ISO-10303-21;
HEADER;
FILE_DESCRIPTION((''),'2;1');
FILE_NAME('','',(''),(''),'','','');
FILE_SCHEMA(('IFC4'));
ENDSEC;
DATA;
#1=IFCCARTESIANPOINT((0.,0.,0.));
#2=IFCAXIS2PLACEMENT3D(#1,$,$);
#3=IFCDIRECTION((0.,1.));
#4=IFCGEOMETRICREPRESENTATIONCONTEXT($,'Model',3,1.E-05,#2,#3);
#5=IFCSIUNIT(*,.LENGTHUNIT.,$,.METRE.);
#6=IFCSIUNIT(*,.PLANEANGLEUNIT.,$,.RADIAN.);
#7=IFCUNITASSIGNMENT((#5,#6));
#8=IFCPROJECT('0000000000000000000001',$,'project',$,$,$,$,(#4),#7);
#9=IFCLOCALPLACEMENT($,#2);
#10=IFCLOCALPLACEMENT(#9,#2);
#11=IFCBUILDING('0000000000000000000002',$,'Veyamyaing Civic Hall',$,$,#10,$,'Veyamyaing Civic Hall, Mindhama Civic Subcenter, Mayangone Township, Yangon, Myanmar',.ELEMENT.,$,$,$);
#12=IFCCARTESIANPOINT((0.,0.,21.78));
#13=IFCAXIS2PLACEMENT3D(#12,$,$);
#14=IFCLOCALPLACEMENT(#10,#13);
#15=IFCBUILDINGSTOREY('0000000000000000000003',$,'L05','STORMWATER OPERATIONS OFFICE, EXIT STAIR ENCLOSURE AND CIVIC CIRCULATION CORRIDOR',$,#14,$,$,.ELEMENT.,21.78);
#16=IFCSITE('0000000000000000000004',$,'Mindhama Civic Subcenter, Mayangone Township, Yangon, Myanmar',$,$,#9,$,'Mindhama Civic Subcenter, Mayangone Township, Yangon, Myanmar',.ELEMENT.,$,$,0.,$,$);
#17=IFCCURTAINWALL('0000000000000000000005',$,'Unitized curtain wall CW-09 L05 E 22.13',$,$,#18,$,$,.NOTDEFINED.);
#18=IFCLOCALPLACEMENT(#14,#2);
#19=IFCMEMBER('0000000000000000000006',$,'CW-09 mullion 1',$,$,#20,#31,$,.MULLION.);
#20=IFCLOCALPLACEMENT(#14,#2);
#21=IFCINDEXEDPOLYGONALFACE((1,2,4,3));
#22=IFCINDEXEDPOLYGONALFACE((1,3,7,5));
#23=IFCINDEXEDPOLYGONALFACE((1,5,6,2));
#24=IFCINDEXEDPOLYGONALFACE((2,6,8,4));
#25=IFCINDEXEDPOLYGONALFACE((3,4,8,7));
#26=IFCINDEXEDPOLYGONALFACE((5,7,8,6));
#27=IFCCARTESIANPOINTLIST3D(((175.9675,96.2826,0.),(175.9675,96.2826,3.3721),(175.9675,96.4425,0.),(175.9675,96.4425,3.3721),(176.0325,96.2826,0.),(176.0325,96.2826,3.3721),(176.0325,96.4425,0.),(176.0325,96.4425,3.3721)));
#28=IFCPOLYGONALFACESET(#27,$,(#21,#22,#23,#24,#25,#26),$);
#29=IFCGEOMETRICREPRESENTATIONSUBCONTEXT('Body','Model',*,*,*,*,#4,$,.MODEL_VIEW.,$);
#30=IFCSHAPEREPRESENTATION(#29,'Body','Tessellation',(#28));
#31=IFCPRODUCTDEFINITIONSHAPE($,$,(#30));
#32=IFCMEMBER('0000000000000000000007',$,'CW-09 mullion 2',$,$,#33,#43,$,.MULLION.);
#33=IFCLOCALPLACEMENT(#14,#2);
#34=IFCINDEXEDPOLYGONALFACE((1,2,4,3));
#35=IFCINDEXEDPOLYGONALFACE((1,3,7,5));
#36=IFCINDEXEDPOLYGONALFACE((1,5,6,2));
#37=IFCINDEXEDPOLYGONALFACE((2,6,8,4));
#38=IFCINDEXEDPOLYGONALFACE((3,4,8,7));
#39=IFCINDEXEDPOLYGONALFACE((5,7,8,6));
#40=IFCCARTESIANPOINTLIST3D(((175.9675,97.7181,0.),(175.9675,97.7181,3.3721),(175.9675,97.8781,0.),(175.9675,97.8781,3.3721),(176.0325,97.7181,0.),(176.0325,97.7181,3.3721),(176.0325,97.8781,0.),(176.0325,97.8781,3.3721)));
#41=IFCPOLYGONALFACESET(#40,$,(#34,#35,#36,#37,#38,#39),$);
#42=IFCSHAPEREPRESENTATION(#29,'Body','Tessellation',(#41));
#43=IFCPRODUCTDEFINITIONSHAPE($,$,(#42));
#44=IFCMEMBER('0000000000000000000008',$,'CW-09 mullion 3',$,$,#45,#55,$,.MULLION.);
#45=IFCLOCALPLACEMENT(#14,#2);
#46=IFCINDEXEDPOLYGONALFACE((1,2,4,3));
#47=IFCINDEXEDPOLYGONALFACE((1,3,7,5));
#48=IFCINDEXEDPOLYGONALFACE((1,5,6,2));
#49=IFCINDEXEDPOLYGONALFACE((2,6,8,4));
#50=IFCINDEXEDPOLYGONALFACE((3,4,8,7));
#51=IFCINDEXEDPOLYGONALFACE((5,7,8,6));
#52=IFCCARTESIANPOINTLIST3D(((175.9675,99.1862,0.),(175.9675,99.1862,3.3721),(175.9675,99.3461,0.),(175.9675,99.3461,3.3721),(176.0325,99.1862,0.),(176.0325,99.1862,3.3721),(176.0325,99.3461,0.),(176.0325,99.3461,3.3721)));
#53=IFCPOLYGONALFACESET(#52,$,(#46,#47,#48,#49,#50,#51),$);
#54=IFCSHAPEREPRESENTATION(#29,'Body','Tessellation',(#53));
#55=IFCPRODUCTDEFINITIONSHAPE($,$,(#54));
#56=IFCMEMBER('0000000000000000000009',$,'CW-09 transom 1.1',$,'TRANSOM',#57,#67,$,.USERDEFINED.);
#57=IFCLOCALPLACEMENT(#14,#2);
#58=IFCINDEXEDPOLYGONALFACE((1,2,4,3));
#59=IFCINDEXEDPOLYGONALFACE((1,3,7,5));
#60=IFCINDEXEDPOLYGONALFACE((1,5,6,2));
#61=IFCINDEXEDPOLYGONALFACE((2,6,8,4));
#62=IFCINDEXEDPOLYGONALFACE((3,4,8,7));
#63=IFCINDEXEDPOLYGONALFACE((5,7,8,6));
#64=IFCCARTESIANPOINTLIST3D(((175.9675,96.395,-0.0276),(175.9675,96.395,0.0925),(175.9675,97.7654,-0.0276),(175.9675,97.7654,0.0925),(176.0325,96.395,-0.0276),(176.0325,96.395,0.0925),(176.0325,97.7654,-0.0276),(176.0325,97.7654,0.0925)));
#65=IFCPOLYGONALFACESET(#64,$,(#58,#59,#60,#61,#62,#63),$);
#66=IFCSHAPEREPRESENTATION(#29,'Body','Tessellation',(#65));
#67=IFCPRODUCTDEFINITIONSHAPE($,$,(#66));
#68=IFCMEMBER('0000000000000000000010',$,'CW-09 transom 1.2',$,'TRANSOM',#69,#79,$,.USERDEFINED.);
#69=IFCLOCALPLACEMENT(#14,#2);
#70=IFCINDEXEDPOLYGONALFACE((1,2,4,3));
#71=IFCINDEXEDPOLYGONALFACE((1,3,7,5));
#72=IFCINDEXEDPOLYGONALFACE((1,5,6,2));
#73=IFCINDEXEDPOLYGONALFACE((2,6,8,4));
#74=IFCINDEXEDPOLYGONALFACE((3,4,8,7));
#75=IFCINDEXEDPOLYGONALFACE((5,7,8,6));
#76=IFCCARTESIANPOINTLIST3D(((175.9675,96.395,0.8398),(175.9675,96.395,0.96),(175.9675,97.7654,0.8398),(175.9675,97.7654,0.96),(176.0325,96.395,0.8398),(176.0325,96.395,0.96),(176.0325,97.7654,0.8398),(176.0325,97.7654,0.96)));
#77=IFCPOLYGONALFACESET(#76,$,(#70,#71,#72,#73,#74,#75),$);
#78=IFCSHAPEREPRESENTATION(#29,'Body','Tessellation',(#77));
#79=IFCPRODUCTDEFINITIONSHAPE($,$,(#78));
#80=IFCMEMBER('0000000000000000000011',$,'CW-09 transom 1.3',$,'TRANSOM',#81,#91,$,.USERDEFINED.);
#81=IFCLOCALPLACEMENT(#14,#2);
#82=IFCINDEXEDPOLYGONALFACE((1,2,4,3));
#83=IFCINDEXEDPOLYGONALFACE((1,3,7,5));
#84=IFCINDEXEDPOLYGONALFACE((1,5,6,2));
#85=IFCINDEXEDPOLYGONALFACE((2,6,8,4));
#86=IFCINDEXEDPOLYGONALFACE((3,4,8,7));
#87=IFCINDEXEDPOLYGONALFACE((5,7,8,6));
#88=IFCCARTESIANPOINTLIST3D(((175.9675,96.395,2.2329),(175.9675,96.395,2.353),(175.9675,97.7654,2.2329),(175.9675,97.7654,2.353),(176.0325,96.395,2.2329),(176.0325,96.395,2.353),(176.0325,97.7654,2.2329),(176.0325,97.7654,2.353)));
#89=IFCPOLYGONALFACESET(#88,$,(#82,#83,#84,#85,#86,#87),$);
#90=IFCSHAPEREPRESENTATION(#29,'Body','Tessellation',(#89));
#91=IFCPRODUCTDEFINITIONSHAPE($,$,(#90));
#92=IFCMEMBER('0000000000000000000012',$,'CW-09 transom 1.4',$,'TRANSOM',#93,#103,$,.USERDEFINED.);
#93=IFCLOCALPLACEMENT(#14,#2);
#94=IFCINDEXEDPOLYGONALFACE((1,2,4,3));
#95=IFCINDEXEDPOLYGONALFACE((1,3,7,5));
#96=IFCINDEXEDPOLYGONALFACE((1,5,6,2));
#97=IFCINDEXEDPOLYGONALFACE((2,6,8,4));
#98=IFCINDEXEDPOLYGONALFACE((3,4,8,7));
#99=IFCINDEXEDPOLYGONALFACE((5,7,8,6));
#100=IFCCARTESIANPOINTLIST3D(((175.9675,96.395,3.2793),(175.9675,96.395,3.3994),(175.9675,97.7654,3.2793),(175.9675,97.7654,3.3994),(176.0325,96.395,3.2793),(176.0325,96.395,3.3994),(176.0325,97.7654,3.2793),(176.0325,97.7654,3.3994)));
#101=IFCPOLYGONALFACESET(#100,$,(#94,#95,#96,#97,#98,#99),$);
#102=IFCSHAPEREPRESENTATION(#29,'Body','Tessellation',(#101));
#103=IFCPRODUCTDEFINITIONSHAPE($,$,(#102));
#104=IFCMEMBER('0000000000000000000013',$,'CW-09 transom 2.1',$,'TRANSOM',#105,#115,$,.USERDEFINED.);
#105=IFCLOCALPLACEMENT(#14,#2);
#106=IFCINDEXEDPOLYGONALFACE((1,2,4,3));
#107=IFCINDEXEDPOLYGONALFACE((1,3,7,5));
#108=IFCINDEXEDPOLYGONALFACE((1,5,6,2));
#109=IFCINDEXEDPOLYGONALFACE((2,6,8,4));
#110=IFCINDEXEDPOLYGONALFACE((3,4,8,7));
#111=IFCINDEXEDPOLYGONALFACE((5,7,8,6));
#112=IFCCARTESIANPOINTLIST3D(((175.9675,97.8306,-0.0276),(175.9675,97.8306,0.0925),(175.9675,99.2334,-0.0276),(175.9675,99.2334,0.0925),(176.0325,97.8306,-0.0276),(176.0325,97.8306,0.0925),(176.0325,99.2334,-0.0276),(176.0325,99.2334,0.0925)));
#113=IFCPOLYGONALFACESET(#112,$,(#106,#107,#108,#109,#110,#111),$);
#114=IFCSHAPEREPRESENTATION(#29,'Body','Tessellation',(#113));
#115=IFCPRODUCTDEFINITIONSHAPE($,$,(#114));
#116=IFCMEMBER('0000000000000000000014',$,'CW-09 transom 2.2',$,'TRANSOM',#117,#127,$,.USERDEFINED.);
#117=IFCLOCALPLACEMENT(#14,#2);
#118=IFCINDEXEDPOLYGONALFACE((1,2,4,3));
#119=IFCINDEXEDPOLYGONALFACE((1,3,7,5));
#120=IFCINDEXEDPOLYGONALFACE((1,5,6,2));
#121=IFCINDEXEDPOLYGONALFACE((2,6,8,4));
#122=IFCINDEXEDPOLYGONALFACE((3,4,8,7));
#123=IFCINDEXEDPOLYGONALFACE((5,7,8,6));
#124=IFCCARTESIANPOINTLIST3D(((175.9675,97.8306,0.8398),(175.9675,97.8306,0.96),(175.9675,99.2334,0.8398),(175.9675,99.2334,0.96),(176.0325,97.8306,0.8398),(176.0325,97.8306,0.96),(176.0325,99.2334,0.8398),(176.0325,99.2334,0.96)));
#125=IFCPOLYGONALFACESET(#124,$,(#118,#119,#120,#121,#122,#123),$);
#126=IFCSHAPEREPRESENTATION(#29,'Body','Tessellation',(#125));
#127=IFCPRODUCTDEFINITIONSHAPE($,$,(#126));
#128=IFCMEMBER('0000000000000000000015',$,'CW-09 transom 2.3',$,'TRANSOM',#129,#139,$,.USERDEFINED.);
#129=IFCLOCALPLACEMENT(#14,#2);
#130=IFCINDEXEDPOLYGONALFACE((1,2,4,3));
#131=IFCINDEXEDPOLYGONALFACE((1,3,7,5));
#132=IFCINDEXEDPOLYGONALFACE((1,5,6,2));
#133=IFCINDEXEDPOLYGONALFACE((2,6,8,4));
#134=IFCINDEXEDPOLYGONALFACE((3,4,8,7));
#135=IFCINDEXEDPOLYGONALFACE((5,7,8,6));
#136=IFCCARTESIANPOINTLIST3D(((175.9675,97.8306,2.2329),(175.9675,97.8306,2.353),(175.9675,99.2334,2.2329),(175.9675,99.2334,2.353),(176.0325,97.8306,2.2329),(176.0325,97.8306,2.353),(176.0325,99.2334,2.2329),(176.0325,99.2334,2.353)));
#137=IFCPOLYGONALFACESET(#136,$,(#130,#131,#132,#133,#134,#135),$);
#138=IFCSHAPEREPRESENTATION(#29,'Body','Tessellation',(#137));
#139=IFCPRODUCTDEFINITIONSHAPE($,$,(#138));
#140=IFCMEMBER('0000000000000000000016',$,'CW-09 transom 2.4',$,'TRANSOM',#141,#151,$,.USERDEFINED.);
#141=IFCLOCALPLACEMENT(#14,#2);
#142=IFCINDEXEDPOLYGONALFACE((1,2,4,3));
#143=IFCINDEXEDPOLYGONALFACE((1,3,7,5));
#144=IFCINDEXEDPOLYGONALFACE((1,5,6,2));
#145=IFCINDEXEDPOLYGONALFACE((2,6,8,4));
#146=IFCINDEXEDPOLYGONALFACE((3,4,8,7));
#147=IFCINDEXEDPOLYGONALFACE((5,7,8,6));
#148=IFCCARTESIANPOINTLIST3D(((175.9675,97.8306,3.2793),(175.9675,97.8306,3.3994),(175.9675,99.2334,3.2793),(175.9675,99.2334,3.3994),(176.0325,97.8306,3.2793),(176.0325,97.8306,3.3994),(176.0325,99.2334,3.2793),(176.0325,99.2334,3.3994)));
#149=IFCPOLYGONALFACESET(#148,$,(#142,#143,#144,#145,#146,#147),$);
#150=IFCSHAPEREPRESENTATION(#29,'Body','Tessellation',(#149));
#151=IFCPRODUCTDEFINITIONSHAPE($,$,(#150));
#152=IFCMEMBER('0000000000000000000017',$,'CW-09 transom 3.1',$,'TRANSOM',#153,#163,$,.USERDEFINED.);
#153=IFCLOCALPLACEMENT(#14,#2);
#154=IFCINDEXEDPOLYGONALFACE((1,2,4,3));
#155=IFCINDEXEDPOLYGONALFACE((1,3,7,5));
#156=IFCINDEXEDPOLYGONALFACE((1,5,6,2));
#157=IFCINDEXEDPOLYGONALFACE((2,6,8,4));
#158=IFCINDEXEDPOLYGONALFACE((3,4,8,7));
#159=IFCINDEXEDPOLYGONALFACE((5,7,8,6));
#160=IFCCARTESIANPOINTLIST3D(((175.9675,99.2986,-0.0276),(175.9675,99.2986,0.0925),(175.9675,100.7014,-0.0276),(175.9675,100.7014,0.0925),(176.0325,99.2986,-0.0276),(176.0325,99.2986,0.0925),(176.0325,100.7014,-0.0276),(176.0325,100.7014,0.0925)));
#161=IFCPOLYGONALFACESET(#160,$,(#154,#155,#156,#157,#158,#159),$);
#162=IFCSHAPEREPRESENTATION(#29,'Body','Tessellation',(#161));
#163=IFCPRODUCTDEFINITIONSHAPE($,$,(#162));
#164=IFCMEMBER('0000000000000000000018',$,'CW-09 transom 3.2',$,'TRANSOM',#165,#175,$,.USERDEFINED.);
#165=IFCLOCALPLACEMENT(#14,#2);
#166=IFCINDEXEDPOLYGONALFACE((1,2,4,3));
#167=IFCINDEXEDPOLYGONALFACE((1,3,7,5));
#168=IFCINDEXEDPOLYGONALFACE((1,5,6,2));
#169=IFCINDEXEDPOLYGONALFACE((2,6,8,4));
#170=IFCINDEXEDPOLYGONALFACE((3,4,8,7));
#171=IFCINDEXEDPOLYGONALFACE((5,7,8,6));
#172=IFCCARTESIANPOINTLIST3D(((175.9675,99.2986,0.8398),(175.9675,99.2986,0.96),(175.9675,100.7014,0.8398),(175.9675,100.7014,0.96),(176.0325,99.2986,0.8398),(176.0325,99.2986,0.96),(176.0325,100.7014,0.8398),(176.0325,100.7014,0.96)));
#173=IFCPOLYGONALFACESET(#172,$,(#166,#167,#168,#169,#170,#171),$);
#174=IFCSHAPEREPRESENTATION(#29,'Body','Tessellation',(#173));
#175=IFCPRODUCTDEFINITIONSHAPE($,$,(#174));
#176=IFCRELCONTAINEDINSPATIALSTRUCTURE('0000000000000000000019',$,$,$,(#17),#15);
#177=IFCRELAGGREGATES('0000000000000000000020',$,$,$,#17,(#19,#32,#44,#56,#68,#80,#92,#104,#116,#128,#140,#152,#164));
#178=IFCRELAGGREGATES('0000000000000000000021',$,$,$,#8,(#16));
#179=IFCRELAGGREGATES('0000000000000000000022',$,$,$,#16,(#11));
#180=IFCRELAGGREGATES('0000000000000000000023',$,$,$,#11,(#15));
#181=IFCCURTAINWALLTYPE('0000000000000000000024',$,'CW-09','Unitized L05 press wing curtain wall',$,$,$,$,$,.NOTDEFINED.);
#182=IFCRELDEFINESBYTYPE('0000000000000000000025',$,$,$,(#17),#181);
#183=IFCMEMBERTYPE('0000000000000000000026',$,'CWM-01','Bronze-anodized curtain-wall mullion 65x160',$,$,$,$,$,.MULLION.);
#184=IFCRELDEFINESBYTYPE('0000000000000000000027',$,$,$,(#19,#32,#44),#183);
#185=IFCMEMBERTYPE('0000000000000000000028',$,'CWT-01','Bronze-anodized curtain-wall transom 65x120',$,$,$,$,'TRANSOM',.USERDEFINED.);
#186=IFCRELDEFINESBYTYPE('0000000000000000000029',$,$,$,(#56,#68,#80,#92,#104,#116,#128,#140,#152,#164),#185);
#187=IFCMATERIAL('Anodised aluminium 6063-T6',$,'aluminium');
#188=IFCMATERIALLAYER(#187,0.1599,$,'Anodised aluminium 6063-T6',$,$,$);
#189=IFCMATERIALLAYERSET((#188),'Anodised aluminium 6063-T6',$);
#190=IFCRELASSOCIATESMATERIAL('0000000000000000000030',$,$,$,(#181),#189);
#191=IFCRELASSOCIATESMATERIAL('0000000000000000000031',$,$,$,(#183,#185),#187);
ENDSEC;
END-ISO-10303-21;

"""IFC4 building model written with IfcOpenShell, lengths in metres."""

from ifc_helpers import new_model, si_unit, direction, frame, origin, origin_2d, place, context, subcontext, project, spatial, rectangle, extrude, material, layer, layer_set, material_profile, profile_set, type_object, element, aggregate, save


model = new_model("IFC4")

# Units and contexts
model_context = context("Model", 3, precision=1e-05, world=origin(), true_north=direction((0.0, 1.0)))
body_context = subcontext(model_context, "Body", "Model", "MODEL_VIEW")
ifc_project = project(units=[si_unit("LENGTHUNIT", "METRE"), si_unit("PLANEANGLEUNIT", "RADIAN")], contexts=[model_context])

# Site, building, storey
site_placement = place(None, origin())
site = spatial("IfcSite", under=ifc_project, at=site_placement, Name="Mindhama Civic Subcenter, Mayangone Township, Yangon, Myanmar", LongName="Mindhama Civic Subcenter, Mayangone Township, Yangon, Myanmar", CompositionType="ELEMENT", RefElevation=0.0)
building_placement = place(site_placement, origin())
building = spatial("IfcBuilding", under=site, at=building_placement, Name="Veyamyaing Civic Hall", LongName="Veyamyaing Civic Hall, Mindhama Civic Subcenter, Mayangone Township, Yangon, Myanmar", CompositionType="ELEMENT")
storey_placement = place(building_placement, frame((0.0, 0.0, 21.78)))
storey = spatial("IfcBuildingStorey", under=building, at=storey_placement, Name="L05", Description="STORMWATER OPERATIONS OFFICE, EXIT STAIR ENCLOSURE AND CIVIC CIRCULATION CORRIDOR", CompositionType="ELEMENT", Elevation=21.78)

# Curtain wall, members
ifc_material_1 = material(Name="Anodised aluminium 6063-T6", Category="aluminium")
ifc_layer_1 = layer(ifc_material_1, 0.1599, Name="Anodised aluminium 6063-T6")
ifc_layer_set_1 = layer_set([ifc_layer_1], Name="Anodised aluminium 6063-T6")
curtain_wall_type = type_object("IfcCurtainWallType", Name="CW-09", Description="Unitized L05 press wing curtain wall", PredefinedType="NOTDEFINED", material=ifc_layer_set_1)
curtain_wall_placement = place(storey_placement, origin())
curtain_wall = element("IfcCurtainWall", 1, at=curtain_wall_placement, inside=storey, type_object=curtain_wall_type, Name="Unitized curtain wall CW-09 L05 E 22.13", PredefinedType="NOTDEFINED")
ifc_material_profile_1 = material_profile(ifc_material_1, rectangle(XDim=0.0649, YDim=0.1599, at=origin_2d()), Name="ALU-MUL-65X160")
ifc_profile_set_1 = profile_set([ifc_material_profile_1], Name="Anodised aluminium 6063-T6")
member_type_1 = type_object("IfcMemberType", Name="CWM-01", Description="Bronze-anodized curtain-wall mullion 65x160", PredefinedType="MULLION", material=ifc_profile_set_1)
member_1_placement = place(storey_placement, frame((176.0, 96.3625, 0.0), z_axis=(0.0, 0.0, 1.0), x_axis=(-1.0, 0.0, 0.0)))
member_1 = element("IfcMember", 2, at=member_1_placement, type_object=member_type_1, Name="CW-09 mullion 1", PredefinedType="MULLION", context=body_context, shape_type="SweptSolid", body=[
    extrude(rectangle(XDim=0.0649, YDim=0.1599, at=origin_2d()), origin(), (0.0, 0.0, 1.0), 3.3721),
])
member_2_placement = place(storey_placement, frame((176.0, 97.7981, 0.0), z_axis=(0.0, 0.0, 1.0), x_axis=(-1.0, 0.0, 0.0)))
member_2 = element("IfcMember", 3, at=member_2_placement, type_object=member_type_1, Name="CW-09 mullion 2", PredefinedType="MULLION", context=body_context, shape_type="SweptSolid", body=[
    extrude(rectangle(XDim=0.0649, YDim=0.1599, at=origin_2d()), origin(), (0.0, 0.0, 1.0), 3.3721),
])
member_3_placement = place(storey_placement, frame((176.0, 99.2661, 0.0), z_axis=(0.0, 0.0, 1.0), x_axis=(-1.0, 0.0, 0.0)))
member_3 = element("IfcMember", 4, at=member_3_placement, type_object=member_type_1, Name="CW-09 mullion 3", PredefinedType="MULLION", context=body_context, shape_type="SweptSolid", body=[
    extrude(rectangle(XDim=0.0649, YDim=0.1599, at=origin_2d()), origin(), (0.0, 0.0, 1.0), 3.3721),
])
ifc_material_profile_2 = material_profile(ifc_material_1, rectangle(XDim=0.0649, YDim=0.1201, at=origin_2d()), Name="ALU-TRN-65X120")
ifc_profile_set_2 = profile_set([ifc_material_profile_2], Name="Anodised aluminium 6063-T6")
member_type_2 = type_object("IfcMemberType", Name="CWT-01", Description="Bronze-anodized curtain-wall transom 65x120", ElementType="TRANSOM", PredefinedType="USERDEFINED", material=ifc_profile_set_2)
member_4_placement = place(storey_placement, frame((176.0, 96.395, 0.0325), z_axis=(0.0, 1.0, 0.0), x_axis=(-1.0, 0.0, 0.0)))
member_4 = element("IfcMember", 5, at=member_4_placement, type_object=member_type_2, Name="CW-09 transom 1.1", ObjectType="TRANSOM", PredefinedType="USERDEFINED", context=body_context, shape_type="SweptSolid", body=[
    extrude(rectangle(XDim=0.0649, YDim=0.1201, at=origin_2d()), origin(), (0.0, 0.0, 1.0), 1.3704),
])
member_5_placement = place(storey_placement, frame((176.0, 96.395, 0.8999), z_axis=(0.0, 1.0, 0.0), x_axis=(-1.0, 0.0, 0.0)))
member_5 = element("IfcMember", 6, at=member_5_placement, type_object=member_type_2, Name="CW-09 transom 1.2", ObjectType="TRANSOM", PredefinedType="USERDEFINED", context=body_context, shape_type="SweptSolid", body=[
    extrude(rectangle(XDim=0.0649, YDim=0.1201, at=origin_2d()), origin(), (0.0, 0.0, 1.0), 1.3704),
])
member_6_placement = place(storey_placement, frame((176.0, 96.395, 2.293), z_axis=(0.0, 1.0, 0.0), x_axis=(-1.0, 0.0, 0.0)))
member_6 = element("IfcMember", 7, at=member_6_placement, type_object=member_type_2, Name="CW-09 transom 1.3", ObjectType="TRANSOM", PredefinedType="USERDEFINED", context=body_context, shape_type="SweptSolid", body=[
    extrude(rectangle(XDim=0.0649, YDim=0.1201, at=origin_2d()), origin(), (0.0, 0.0, 1.0), 1.3704),
])
member_7_placement = place(storey_placement, frame((176.0, 96.395, 3.3394), z_axis=(0.0, 1.0, 0.0), x_axis=(-1.0, 0.0, 0.0)))
member_7 = element("IfcMember", 8, at=member_7_placement, type_object=member_type_2, Name="CW-09 transom 1.4", ObjectType="TRANSOM", PredefinedType="USERDEFINED", context=body_context, shape_type="SweptSolid", body=[
    extrude(rectangle(XDim=0.0649, YDim=0.1201, at=origin_2d()), origin(), (0.0, 0.0, 1.0), 1.3704),
])
member_8_placement = place(storey_placement, frame((176.0, 97.8306, 0.0325), z_axis=(0.0, 1.0, 0.0), x_axis=(-1.0, 0.0, 0.0)))
member_8 = element("IfcMember", 9, at=member_8_placement, type_object=member_type_2, Name="CW-09 transom 2.1", ObjectType="TRANSOM", PredefinedType="USERDEFINED", context=body_context, shape_type="SweptSolid", body=[
    extrude(rectangle(XDim=0.0649, YDim=0.1201, at=origin_2d()), origin(), (0.0, 0.0, 1.0), 1.4028),
])
member_9_placement = place(storey_placement, frame((176.0, 97.8306, 0.8999), z_axis=(0.0, 1.0, 0.0), x_axis=(-1.0, 0.0, 0.0)))
member_9 = element("IfcMember", 10, at=member_9_placement, type_object=member_type_2, Name="CW-09 transom 2.2", ObjectType="TRANSOM", PredefinedType="USERDEFINED", context=body_context, shape_type="SweptSolid", body=[
    extrude(rectangle(XDim=0.0649, YDim=0.1201, at=origin_2d()), origin(), (0.0, 0.0, 1.0), 1.4028),
])
member_10_placement = place(storey_placement, frame((176.0, 97.8306, 2.293), z_axis=(0.0, 1.0, 0.0), x_axis=(-1.0, 0.0, 0.0)))
member_10 = element("IfcMember", 11, at=member_10_placement, type_object=member_type_2, Name="CW-09 transom 2.3", ObjectType="TRANSOM", PredefinedType="USERDEFINED", context=body_context, shape_type="SweptSolid", body=[
    extrude(rectangle(XDim=0.0649, YDim=0.1201, at=origin_2d()), origin(), (0.0, 0.0, 1.0), 1.4028),
])
member_11_placement = place(storey_placement, frame((176.0, 97.8306, 3.3394), z_axis=(0.0, 1.0, 0.0), x_axis=(-1.0, 0.0, 0.0)))
member_11 = element("IfcMember", 12, at=member_11_placement, type_object=member_type_2, Name="CW-09 transom 2.4", ObjectType="TRANSOM", PredefinedType="USERDEFINED", context=body_context, shape_type="SweptSolid", body=[
    extrude(rectangle(XDim=0.0649, YDim=0.1201, at=origin_2d()), origin(), (0.0, 0.0, 1.0), 1.4028),
])
member_12_placement = place(storey_placement, frame((176.0, 99.2986, 0.0325), z_axis=(0.0, 1.0, 0.0), x_axis=(-1.0, 0.0, 0.0)))
member_12 = element("IfcMember", 13, at=member_12_placement, type_object=member_type_2, Name="CW-09 transom 3.1", ObjectType="TRANSOM", PredefinedType="USERDEFINED", context=body_context, shape_type="SweptSolid", body=[
    extrude(rectangle(XDim=0.0649, YDim=0.1201, at=origin_2d()), origin(), (0.0, 0.0, 1.0), 1.4028),
])
member_13_placement = place(storey_placement, frame((176.0, 99.2986, 0.8999), z_axis=(0.0, 1.0, 0.0), x_axis=(-1.0, 0.0, 0.0)))
member_13 = element("IfcMember", 14, at=member_13_placement, type_object=member_type_2, Name="CW-09 transom 3.2", ObjectType="TRANSOM", PredefinedType="USERDEFINED", context=body_context, shape_type="SweptSolid", body=[
    extrude(rectangle(XDim=0.0649, YDim=0.1201, at=origin_2d()), origin(), (0.0, 0.0, 1.0), 1.4028),
])

aggregate(curtain_wall, [member_1, member_2, member_3, member_4, member_5, member_6, member_7, member_8, member_9, member_10, member_11, member_12, member_13])

save(model, "model.ifc")
